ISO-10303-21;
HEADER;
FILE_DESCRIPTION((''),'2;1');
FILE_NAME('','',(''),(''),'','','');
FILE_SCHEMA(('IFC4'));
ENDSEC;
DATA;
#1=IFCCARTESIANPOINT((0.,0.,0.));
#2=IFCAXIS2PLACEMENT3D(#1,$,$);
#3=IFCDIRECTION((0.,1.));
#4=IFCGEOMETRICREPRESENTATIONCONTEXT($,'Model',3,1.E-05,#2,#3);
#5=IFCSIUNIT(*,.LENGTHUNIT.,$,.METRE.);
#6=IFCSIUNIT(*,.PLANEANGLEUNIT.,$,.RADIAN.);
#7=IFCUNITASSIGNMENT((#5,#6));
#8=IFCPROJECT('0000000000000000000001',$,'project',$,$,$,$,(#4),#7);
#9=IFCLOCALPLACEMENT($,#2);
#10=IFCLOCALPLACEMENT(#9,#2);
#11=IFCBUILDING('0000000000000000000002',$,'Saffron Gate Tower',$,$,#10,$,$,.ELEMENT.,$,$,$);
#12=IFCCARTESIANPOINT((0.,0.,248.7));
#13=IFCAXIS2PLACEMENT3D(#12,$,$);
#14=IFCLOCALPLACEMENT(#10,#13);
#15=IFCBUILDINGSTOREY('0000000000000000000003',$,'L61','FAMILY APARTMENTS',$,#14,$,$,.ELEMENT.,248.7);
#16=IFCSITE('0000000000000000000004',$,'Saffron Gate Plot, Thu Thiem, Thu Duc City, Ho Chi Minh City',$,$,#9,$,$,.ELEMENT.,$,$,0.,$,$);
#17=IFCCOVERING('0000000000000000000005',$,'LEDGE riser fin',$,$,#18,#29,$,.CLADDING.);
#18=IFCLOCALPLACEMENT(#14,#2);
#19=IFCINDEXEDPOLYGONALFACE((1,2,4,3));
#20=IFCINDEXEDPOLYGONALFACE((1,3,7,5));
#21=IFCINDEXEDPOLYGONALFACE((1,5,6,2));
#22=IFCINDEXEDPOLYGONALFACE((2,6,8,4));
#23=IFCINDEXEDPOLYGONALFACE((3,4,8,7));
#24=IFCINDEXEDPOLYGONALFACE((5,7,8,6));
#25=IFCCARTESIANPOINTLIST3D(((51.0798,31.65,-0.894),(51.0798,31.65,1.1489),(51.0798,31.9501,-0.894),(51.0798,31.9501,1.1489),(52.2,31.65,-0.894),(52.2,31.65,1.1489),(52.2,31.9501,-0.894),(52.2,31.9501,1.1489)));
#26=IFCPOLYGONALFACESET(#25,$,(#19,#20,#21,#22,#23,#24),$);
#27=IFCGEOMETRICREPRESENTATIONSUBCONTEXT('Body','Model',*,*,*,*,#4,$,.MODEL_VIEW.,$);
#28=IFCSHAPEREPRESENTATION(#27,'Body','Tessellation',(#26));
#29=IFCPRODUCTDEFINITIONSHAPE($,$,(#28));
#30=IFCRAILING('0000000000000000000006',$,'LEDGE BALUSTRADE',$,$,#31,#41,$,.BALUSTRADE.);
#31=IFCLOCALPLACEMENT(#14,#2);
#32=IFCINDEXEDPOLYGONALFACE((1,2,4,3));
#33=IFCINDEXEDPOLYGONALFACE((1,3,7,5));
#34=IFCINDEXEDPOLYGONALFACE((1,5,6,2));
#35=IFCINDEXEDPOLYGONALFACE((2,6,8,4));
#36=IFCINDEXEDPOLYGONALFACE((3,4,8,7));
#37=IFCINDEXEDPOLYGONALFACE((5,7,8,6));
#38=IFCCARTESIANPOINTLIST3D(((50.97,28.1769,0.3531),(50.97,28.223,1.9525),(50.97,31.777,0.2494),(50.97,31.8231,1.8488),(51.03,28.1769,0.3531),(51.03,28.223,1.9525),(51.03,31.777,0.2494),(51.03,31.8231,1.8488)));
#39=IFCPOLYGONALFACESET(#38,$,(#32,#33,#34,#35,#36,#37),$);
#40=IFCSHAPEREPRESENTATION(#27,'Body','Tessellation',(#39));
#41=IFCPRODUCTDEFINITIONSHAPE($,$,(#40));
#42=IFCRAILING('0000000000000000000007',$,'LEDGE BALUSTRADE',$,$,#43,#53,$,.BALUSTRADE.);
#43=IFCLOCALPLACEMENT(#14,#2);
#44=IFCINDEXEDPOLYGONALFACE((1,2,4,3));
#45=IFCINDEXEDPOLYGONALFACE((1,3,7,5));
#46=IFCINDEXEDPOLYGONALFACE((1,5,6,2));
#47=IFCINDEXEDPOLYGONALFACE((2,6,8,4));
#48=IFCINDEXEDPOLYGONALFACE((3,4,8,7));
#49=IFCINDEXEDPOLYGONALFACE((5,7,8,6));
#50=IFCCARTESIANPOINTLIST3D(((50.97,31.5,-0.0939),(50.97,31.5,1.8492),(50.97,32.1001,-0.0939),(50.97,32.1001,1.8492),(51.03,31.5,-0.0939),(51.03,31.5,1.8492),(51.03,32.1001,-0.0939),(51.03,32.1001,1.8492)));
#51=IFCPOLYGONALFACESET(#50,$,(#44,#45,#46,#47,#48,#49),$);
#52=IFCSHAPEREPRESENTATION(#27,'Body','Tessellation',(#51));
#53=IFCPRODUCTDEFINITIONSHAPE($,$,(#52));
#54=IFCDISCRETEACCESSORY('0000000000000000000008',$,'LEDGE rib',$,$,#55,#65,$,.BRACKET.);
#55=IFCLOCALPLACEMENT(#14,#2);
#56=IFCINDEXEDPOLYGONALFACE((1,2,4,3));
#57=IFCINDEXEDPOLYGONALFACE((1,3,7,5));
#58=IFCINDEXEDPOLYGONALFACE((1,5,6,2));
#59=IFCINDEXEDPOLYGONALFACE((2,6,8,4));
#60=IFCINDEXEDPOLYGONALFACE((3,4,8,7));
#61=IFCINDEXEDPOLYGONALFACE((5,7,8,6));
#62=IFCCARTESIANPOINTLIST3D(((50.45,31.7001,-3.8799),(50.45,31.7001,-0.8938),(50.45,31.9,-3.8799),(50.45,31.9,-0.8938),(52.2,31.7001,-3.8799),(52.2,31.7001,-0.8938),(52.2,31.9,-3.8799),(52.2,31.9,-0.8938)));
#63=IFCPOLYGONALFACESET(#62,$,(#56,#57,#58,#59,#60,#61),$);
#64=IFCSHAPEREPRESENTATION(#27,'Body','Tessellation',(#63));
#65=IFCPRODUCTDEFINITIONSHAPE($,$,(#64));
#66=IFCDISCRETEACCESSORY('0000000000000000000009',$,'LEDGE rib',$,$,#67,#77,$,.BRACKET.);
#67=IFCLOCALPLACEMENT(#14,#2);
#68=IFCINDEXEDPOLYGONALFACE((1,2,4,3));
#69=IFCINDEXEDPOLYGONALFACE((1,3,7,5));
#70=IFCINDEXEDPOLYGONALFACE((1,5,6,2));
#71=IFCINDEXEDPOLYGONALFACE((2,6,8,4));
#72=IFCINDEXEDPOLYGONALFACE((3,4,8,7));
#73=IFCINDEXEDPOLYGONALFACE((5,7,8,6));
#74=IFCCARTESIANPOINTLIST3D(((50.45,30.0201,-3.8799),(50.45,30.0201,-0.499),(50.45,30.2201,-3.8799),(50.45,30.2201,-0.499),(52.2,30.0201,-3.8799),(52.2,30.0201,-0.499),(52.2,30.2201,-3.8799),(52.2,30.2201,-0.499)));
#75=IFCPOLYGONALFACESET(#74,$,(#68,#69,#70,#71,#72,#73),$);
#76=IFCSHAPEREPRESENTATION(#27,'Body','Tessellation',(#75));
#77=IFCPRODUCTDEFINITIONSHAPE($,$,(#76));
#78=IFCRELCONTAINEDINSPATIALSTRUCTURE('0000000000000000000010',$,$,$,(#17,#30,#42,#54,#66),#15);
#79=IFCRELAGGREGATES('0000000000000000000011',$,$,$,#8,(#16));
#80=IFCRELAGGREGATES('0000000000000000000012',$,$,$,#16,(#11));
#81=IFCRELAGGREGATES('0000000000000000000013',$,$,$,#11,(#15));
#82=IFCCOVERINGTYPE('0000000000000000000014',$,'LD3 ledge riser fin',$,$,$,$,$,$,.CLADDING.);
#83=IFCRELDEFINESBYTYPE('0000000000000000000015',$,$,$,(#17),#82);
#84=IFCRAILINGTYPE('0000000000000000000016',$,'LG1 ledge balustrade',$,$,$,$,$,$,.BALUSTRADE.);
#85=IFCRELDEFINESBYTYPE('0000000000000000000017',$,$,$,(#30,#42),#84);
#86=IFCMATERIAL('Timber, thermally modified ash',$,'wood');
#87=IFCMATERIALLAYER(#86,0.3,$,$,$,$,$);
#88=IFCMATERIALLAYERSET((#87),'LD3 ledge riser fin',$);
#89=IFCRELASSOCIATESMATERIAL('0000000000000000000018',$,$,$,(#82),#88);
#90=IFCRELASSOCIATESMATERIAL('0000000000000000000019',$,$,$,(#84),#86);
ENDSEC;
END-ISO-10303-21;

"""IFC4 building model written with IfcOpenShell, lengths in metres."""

from ifc_helpers import new_model, si_unit, direction, frame, origin, origin_2d, place, context, subcontext, project, spatial, rectangle, extrude, material, layer, layer_set, type_object, element, save


model = new_model("IFC4")

# Units and contexts
model_context = context("Model", 3, precision=1e-05, world=origin(), true_north=direction((0.0, 1.0)))
body_context = subcontext(model_context, "Body", "Model", "MODEL_VIEW")
ifc_project = project(units=[si_unit("LENGTHUNIT", "METRE"), si_unit("PLANEANGLEUNIT", "RADIAN")], contexts=[model_context])

# Site, building, storey
site_placement = place(None, origin())
site = spatial("IfcSite", under=ifc_project, at=site_placement, Name="Saffron Gate Plot, Thu Thiem, Thu Duc City, Ho Chi Minh City", CompositionType="ELEMENT", RefElevation=0.0)
building_placement = place(site_placement, origin())
building = spatial("IfcBuilding", under=site, at=building_placement, Name="Saffron Gate Tower", CompositionType="ELEMENT")
storey_placement = place(building_placement, frame((0.0, 0.0, 248.7)))
storey = spatial("IfcBuildingStorey", under=building, at=storey_placement, Name="L61", Description="FAMILY APARTMENTS", CompositionType="ELEMENT", Elevation=248.7)

# Covering
ifc_material_1 = material(Name="Timber, thermally modified ash", Category="wood")
ifc_layer_1 = layer(ifc_material_1, 0.3)
ifc_layer_set_1 = layer_set([ifc_layer_1], Name="LD3 ledge riser fin")
covering_type_1 = type_object("IfcCoveringType", Name="LD3 ledge riser fin", PredefinedType="CLADDING", material=ifc_layer_set_1)
covering_1_placement = place(storey_placement, frame((51.6399, 31.8, -0.894), z_axis=(0.0, 0.0, 1.0), x_axis=(0.0, -1.0, 0.0)))
element("IfcCovering", 1, at=covering_1_placement, inside=storey, type_object=covering_type_1, Name="LEDGE riser fin", PredefinedType="CLADDING", context=body_context, shape_type="SweptSolid", body=[
    extrude(rectangle(XDim=0.3, YDim=1.1201, at=origin_2d()), origin(), (0.0, 0.0, 1.0), 2.043),
])

# Railings
railing_type = type_object("IfcRailingType", Name="LG1 ledge balustrade", PredefinedType="BALUSTRADE", material=ifc_material_1)
railing_1_placement = place(storey_placement, frame((51.0, 31.8, 0.249)))
element("IfcRailing", 2, at=railing_1_placement, inside=storey, type_object=railing_type, Name="LEDGE BALUSTRADE", PredefinedType="BALUSTRADE", context=body_context, shape_type="SweptSolid", body=[
    extrude(rectangle(XDim=0.0601, YDim=1.6001, at=origin_2d()), frame((0.0, 0.0, 0.8), z_axis=(0.0, -0.999585, 0.028809), x_axis=(1.0, 0.0, 0.0)), (0.0, 0.0, 1.0), 3.6016),
])
railing_2_placement = place(storey_placement, frame((51.0, 32.1001, -0.094)))
element("IfcRailing", 3, at=railing_2_placement, inside=storey, type_object=railing_type, Name="LEDGE BALUSTRADE", PredefinedType="BALUSTRADE", context=body_context, shape_type="SweptSolid", body=[
    extrude(rectangle(XDim=0.0601, YDim=1.9431, at=origin_2d()), frame((0.0, 0.0, 0.9717), z_axis=(0.0, -1.0, 0.0), x_axis=(1.0, 0.0, 0.0)), (0.0, 0.0, 1.0), 0.6001),
])

# Discrete accessories
discrete_accessory_1_placement = place(storey_placement, frame((51.325, 31.8, -3.8799), z_axis=(0.0, 0.0, 1.0), x_axis=(0.0, -1.0, 0.0)))
element("IfcDiscreteAccessory", 4, at=discrete_accessory_1_placement, inside=storey, Name="LEDGE rib", PredefinedType="BRACKET", context=body_context, shape_type="SweptSolid", body=[
    extrude(rectangle(XDim=0.2, YDim=1.75, at=origin_2d()), origin(), (0.0, 0.0, 1.0), 2.9861),
])
discrete_accessory_2_placement = place(storey_placement, frame((51.325, 30.1201, -3.8799), z_axis=(0.0, 0.0, 1.0), x_axis=(0.0, -1.0, 0.0)))
element("IfcDiscreteAccessory", 5, at=discrete_accessory_2_placement, inside=storey, Name="LEDGE rib", PredefinedType="BRACKET", context=body_context, shape_type="SweptSolid", body=[
    extrude(rectangle(XDim=0.2, YDim=1.75, at=origin_2d()), origin(), (0.0, 0.0, 1.0), 3.3809),
])

save(model, "model.ifc")
